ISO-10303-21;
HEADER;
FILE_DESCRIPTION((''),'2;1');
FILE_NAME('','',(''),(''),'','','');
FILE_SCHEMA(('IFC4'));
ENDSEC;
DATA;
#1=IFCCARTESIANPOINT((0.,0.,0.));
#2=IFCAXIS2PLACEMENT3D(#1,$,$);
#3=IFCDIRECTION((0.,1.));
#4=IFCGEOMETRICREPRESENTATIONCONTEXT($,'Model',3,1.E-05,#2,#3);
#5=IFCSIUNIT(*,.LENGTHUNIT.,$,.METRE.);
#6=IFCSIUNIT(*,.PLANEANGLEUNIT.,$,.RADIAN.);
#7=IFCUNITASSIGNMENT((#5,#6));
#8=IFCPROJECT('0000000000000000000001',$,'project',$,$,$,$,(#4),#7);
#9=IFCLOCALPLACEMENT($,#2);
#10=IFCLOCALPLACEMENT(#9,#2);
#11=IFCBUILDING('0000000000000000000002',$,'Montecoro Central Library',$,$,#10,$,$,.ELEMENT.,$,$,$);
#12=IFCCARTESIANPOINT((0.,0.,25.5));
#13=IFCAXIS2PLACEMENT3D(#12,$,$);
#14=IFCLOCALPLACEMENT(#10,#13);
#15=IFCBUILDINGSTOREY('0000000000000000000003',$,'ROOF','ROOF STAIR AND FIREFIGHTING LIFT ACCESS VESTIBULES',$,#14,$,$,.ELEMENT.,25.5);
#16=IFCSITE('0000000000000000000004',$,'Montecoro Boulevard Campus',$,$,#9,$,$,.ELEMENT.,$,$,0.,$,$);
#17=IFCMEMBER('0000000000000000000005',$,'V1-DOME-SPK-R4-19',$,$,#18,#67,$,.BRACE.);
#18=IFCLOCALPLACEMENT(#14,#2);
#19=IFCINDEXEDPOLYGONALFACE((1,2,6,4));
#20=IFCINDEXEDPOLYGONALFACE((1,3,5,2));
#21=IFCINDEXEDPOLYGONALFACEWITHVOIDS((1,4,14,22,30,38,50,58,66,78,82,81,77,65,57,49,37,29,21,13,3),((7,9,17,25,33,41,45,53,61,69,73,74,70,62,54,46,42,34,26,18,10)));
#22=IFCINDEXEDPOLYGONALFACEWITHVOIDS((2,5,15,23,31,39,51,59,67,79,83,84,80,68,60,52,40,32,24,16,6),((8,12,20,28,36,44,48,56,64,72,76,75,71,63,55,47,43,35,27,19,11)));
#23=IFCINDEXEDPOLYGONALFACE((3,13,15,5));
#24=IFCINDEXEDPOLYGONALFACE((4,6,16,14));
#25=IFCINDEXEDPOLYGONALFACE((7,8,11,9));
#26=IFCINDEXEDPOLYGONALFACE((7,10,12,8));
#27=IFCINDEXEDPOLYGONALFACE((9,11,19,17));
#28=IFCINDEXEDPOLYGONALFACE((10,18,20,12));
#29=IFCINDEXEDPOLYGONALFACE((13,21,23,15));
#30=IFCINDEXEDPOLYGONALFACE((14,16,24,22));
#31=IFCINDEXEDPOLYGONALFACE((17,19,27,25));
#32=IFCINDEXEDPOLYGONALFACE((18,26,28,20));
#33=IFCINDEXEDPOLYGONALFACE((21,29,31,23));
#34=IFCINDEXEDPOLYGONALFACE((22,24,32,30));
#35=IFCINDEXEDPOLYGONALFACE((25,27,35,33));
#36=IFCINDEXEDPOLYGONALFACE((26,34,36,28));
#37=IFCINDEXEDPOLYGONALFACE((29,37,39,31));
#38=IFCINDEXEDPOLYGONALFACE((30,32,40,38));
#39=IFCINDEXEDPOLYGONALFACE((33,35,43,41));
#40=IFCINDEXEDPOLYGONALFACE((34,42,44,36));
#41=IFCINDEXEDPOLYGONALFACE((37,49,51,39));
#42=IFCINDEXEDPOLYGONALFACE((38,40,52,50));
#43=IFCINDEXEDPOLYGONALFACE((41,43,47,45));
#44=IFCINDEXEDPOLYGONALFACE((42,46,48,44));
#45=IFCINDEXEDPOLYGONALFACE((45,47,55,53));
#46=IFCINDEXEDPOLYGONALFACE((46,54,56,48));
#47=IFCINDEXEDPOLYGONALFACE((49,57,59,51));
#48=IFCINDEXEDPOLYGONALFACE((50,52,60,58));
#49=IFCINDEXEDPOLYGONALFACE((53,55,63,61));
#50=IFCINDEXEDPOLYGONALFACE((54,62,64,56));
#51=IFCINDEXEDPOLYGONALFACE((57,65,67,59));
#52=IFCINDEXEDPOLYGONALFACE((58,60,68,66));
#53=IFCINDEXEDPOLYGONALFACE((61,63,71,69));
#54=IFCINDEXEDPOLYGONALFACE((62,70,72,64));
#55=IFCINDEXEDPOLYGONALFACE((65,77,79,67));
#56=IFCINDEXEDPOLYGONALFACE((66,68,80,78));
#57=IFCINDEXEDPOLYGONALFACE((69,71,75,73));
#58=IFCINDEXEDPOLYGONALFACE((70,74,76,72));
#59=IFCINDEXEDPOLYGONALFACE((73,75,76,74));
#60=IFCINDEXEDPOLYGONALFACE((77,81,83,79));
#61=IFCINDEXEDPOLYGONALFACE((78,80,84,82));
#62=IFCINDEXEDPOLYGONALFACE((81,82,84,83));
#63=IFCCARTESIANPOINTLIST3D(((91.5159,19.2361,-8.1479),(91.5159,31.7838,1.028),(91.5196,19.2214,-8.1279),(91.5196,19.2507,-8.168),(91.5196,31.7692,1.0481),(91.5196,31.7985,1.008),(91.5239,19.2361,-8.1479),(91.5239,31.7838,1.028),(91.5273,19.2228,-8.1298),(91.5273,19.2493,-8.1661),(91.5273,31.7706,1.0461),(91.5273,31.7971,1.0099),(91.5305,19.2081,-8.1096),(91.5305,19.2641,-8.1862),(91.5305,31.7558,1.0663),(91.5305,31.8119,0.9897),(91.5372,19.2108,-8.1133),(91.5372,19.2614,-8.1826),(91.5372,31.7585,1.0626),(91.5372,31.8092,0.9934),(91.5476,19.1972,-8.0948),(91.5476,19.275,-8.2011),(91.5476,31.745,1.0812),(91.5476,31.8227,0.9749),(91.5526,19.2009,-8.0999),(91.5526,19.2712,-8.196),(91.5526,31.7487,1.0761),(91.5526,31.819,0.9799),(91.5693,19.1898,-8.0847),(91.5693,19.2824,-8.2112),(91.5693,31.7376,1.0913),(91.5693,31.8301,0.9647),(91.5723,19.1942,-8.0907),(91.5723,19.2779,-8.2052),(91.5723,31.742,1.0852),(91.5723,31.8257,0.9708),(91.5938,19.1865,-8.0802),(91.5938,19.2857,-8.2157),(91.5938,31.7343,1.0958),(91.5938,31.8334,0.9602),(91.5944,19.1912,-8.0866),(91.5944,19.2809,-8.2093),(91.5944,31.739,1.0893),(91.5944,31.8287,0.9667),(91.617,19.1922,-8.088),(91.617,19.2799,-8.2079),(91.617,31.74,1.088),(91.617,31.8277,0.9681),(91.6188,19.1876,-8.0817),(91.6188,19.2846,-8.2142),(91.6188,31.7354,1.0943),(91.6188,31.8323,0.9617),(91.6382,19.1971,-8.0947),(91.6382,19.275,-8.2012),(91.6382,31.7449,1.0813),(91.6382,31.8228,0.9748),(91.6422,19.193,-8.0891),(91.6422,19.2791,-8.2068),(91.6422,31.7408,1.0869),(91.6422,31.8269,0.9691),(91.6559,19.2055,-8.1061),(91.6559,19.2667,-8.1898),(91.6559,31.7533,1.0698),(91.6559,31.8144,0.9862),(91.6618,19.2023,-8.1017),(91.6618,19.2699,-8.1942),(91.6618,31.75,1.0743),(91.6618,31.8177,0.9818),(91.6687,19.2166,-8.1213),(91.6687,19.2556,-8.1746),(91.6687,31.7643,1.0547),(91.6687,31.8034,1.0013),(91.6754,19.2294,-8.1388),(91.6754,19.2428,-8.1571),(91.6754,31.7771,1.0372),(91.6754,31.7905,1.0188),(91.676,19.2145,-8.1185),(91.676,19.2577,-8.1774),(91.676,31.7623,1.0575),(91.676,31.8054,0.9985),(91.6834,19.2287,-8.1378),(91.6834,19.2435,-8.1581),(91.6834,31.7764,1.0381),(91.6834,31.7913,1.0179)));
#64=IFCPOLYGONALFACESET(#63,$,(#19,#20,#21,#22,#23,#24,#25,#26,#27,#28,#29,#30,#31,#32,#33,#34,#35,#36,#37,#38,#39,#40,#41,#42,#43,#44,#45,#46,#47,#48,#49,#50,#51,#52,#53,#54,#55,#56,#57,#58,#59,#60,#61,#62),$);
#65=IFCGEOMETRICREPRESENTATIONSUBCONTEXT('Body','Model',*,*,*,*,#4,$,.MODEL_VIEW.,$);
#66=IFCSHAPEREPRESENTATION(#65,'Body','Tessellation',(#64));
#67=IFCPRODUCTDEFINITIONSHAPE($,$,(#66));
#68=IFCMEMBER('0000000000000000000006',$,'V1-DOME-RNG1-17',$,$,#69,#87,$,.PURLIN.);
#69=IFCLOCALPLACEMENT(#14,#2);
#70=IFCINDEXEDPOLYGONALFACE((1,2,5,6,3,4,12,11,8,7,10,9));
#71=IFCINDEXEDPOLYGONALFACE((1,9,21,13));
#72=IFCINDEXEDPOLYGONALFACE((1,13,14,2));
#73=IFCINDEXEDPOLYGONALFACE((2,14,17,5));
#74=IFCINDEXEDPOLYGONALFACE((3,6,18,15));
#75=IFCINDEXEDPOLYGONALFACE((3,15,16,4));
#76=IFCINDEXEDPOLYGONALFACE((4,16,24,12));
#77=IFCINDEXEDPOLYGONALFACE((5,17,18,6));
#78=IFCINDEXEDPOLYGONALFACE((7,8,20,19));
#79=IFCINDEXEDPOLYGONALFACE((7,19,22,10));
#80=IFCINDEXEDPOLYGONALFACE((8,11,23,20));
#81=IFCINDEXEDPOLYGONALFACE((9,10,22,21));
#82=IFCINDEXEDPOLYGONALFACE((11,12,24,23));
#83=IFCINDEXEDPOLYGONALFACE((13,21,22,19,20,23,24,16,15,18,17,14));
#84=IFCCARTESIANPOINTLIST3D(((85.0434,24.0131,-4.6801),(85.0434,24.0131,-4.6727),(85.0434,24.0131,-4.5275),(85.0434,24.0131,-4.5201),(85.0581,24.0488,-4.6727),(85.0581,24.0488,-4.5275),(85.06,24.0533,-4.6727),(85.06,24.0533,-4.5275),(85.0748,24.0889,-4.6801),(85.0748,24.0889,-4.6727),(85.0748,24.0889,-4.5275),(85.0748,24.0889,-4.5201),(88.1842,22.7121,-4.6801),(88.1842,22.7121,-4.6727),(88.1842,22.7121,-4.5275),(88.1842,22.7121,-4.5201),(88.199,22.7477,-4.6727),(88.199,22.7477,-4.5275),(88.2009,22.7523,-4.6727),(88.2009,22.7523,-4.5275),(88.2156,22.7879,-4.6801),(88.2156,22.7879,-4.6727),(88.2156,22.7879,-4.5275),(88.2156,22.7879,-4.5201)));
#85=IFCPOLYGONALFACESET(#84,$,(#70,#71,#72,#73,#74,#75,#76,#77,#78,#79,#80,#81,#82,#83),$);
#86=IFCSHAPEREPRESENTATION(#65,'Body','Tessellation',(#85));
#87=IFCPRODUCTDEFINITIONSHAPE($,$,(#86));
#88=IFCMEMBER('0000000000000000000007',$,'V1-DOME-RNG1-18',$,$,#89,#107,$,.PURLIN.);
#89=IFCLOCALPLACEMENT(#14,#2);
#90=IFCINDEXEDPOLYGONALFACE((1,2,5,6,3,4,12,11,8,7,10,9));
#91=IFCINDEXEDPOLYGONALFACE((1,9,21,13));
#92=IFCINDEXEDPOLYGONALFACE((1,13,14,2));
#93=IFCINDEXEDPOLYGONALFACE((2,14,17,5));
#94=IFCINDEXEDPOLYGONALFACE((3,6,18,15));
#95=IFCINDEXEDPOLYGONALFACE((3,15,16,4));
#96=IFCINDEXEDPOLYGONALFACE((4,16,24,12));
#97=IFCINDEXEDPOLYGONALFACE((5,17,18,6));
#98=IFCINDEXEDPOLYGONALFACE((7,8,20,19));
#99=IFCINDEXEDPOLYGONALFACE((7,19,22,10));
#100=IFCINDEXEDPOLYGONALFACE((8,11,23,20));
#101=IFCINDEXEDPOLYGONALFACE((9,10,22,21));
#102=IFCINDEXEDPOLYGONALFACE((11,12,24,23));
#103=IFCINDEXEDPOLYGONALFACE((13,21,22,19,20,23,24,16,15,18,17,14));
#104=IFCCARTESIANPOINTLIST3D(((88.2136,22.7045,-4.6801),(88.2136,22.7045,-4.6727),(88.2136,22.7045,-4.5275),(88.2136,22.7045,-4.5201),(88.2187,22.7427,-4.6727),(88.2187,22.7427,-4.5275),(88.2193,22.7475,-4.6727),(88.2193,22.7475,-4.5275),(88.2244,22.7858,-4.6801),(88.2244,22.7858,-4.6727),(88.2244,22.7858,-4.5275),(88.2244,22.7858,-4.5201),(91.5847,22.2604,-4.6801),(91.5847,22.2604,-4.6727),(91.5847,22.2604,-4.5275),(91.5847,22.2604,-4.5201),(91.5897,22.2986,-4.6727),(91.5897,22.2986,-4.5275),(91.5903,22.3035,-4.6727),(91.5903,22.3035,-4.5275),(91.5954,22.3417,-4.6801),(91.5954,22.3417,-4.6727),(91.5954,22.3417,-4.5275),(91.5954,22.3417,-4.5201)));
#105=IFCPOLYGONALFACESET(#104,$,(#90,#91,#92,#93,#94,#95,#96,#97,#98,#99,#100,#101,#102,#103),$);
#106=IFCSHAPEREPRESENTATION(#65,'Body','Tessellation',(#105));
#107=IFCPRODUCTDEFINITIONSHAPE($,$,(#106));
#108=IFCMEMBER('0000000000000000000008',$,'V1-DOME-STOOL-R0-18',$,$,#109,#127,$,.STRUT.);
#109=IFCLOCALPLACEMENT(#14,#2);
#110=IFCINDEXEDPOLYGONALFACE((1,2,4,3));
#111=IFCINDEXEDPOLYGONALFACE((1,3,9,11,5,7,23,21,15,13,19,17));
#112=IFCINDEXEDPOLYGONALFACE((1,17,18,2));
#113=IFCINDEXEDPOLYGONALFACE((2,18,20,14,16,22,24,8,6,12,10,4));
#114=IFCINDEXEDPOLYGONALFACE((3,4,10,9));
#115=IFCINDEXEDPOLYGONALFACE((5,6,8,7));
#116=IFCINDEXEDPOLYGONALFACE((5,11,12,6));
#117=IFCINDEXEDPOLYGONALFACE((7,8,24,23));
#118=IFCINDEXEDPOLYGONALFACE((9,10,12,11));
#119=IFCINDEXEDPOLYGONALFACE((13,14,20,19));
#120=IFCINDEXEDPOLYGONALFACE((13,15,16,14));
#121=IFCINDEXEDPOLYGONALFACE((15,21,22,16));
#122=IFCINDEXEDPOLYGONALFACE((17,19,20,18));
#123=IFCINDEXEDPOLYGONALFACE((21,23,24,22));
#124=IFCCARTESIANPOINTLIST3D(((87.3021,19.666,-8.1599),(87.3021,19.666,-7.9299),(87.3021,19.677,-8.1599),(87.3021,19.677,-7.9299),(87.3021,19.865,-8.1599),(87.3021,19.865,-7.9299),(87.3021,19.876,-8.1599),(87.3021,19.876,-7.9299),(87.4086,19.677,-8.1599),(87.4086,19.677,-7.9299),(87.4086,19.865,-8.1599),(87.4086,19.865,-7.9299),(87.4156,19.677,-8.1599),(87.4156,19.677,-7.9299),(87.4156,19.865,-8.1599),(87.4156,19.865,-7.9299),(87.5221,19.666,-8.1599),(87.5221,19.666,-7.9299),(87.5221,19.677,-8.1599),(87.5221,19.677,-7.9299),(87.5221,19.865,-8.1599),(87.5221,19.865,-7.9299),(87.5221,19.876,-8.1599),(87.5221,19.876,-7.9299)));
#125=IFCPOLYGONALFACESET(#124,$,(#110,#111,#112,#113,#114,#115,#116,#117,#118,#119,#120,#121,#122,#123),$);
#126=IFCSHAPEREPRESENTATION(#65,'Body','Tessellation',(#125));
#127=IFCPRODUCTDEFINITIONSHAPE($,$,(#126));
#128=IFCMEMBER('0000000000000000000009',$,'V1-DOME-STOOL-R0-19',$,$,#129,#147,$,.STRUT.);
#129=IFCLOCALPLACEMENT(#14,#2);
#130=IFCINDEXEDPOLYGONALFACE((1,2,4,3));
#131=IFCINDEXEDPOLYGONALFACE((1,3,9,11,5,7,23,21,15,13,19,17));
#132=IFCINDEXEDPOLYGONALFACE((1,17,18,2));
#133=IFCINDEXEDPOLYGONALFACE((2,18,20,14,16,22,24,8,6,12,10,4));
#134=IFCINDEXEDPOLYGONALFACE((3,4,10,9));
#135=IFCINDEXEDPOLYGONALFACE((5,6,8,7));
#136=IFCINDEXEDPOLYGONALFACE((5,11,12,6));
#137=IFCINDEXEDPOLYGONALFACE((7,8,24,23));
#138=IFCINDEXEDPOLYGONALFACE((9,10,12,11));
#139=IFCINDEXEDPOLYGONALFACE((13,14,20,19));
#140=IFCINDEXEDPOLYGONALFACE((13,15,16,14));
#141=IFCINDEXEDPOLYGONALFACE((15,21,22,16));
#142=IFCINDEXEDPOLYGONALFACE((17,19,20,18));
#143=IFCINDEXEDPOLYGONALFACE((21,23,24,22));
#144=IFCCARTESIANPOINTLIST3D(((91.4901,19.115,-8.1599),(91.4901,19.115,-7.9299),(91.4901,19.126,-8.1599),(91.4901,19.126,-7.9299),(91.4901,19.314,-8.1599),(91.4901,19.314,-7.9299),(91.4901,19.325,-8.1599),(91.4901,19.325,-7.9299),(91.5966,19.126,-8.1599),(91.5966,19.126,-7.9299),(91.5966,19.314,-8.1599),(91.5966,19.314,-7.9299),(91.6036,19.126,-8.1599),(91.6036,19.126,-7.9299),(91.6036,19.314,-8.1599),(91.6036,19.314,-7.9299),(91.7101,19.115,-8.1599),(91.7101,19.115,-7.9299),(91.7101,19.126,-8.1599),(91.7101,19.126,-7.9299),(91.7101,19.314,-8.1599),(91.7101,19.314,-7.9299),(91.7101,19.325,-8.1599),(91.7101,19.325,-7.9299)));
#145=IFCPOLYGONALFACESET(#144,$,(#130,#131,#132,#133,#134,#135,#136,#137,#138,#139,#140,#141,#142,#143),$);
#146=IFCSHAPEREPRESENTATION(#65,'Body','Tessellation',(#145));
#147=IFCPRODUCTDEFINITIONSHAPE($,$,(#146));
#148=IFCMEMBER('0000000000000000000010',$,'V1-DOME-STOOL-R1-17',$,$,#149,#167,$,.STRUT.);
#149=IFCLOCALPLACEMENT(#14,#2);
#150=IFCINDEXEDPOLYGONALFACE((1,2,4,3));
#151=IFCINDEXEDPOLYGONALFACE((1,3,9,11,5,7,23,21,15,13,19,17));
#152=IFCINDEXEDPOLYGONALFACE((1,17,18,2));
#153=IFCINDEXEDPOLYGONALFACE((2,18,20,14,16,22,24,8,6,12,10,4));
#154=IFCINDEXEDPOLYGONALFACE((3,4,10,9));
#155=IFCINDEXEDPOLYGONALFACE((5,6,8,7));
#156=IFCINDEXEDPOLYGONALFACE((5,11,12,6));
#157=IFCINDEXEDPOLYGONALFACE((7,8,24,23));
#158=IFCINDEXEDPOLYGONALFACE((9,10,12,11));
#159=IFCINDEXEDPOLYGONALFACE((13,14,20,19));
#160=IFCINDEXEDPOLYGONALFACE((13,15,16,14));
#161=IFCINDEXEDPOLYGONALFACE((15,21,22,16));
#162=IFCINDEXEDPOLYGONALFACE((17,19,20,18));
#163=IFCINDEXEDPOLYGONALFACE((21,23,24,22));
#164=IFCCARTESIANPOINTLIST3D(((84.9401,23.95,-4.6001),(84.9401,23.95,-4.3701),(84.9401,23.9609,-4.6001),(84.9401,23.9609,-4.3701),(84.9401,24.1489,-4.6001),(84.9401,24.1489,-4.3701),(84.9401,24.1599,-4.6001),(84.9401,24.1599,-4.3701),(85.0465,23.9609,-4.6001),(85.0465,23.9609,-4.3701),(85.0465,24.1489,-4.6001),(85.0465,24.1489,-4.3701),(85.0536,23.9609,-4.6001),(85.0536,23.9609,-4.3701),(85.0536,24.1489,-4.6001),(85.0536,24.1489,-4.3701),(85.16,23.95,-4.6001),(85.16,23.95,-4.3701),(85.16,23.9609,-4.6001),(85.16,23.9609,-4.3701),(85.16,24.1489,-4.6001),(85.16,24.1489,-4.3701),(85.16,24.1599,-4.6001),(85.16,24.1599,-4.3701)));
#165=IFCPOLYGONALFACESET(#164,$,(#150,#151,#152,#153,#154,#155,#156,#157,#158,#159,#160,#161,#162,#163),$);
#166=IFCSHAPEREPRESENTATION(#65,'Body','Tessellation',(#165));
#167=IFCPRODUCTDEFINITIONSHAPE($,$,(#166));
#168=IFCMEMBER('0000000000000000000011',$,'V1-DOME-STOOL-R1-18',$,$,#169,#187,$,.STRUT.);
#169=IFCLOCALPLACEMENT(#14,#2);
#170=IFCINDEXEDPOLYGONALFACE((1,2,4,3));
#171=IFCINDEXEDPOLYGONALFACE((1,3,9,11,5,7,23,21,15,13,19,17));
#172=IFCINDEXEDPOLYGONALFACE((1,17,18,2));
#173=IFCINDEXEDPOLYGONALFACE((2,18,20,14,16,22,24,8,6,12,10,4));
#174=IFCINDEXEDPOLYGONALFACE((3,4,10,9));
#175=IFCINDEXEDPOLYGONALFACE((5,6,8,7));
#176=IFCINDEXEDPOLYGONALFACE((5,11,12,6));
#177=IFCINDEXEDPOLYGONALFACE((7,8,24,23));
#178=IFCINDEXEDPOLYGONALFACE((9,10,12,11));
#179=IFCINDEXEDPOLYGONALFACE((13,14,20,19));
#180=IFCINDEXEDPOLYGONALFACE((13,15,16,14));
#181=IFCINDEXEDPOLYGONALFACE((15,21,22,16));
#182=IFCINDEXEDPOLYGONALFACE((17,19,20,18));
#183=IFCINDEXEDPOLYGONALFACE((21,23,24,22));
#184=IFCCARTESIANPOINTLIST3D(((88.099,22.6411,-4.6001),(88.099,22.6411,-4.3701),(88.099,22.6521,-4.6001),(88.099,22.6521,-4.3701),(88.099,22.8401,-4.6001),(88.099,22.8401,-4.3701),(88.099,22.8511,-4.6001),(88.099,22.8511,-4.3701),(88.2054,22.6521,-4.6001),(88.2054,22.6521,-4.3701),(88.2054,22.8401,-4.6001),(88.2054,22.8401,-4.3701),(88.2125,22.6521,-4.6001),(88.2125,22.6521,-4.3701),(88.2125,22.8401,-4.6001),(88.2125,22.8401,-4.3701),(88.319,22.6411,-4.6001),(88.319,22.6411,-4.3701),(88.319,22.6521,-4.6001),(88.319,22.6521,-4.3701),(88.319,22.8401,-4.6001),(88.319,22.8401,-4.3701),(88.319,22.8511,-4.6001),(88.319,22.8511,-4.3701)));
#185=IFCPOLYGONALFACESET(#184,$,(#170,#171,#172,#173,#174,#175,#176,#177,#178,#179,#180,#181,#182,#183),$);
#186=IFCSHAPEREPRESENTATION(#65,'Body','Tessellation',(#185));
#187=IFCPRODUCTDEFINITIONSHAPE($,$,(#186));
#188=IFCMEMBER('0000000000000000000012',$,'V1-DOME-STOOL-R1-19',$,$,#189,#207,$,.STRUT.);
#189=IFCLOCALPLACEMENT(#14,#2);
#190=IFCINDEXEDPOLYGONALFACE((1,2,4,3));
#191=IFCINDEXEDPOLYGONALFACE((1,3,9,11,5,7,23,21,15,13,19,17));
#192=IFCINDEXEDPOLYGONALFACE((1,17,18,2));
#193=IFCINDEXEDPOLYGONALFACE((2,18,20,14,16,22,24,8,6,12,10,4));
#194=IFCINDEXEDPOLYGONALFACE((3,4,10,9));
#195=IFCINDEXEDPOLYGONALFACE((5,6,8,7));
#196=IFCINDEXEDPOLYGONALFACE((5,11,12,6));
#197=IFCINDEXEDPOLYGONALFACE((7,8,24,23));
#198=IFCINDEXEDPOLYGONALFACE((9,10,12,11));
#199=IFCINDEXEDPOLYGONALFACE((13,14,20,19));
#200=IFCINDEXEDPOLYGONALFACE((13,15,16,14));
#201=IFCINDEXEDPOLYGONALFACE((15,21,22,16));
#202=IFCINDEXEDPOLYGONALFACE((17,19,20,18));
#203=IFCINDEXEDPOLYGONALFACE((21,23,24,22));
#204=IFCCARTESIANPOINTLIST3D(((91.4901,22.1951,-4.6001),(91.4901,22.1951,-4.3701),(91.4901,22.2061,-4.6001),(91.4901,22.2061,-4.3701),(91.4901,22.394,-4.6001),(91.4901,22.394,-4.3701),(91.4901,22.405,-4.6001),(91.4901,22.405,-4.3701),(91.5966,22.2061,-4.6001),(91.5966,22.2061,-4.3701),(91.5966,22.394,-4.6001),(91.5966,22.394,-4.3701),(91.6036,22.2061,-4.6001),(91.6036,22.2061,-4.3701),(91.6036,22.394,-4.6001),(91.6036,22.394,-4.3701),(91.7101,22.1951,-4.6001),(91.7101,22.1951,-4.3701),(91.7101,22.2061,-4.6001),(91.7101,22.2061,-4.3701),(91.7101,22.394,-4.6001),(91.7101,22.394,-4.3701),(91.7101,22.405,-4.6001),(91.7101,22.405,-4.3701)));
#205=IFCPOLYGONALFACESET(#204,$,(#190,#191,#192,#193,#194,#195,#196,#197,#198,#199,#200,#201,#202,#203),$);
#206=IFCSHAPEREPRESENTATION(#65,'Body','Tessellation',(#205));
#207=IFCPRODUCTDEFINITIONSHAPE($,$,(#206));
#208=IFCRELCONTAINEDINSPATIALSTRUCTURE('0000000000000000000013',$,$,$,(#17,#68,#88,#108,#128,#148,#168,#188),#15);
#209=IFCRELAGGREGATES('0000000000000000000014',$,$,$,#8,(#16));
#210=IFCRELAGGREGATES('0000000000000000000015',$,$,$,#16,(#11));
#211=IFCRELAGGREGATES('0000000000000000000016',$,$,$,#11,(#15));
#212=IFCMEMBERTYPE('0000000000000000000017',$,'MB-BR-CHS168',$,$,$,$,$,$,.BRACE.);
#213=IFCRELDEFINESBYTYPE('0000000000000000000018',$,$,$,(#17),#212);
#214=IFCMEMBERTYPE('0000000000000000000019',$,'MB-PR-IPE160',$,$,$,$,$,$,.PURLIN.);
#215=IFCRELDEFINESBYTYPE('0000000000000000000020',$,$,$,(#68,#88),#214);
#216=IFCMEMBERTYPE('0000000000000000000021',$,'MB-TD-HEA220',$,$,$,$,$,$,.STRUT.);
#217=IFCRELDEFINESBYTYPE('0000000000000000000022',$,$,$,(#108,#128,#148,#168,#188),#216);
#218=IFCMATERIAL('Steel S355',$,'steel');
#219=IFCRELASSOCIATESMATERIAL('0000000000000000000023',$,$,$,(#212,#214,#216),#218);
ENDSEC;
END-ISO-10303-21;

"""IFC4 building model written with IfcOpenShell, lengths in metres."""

from ifc_helpers import new_model, si_unit, direction, frame, origin, origin_2d, place, context, subcontext, project, spatial, hollow_circle, i_section, extrude, material, material_profile, profile_set, type_object, element, save


model = new_model("IFC4")

# Units and contexts
model_context = context("Model", 3, precision=1e-05, world=origin(), true_north=direction((0.0, 1.0)))
body_context = subcontext(model_context, "Body", "Model", "MODEL_VIEW")
ifc_project = project(units=[si_unit("LENGTHUNIT", "METRE"), si_unit("PLANEANGLEUNIT", "RADIAN")], contexts=[model_context])

# Site, building, storey
site_placement = place(None, origin())
site = spatial("IfcSite", under=ifc_project, at=site_placement, Name="Montecoro Boulevard Campus", CompositionType="ELEMENT", RefElevation=0.0)
building_placement = place(site_placement, origin())
building = spatial("IfcBuilding", under=site, at=building_placement, Name="Montecoro Central Library", CompositionType="ELEMENT")
storey_placement = place(building_placement, frame((0.0, 0.0, 25.5)))
storey = spatial("IfcBuildingStorey", under=building, at=storey_placement, Name="ROOF", Description="ROOF STAIR AND FIREFIGHTING LIFT ACCESS VESTIBULES", CompositionType="ELEMENT", Elevation=25.5)

# Members
ifc_material_1 = material(Name="Steel S355", Category="steel")
ifc_material_profile_1 = material_profile(ifc_material_1, hollow_circle(Radius=0.0842, WallThickness=0.0081, at=origin_2d()), Name="CHS 168.3x8.0")
ifc_profile_set_1 = profile_set([ifc_material_profile_1], Name="Steel S355")
member_type_1 = type_object("IfcMemberType", Name="MB-BR-CHS168", PredefinedType="BRACE", material=ifc_profile_set_1)
member_1_placement = place(storey_placement, frame((91.6001, 19.2361, -8.1479), z_axis=(0.0, 0.807194, 0.590287), x_axis=(-1.0, 0.0, 0.0)))
element("IfcMember", 1, at=member_1_placement, inside=storey, type_object=member_type_1, Name="V1-DOME-SPK-R4-19", PredefinedType="BRACE", context=body_context, shape_type="SweptSolid", body=[
    extrude(hollow_circle(Radius=0.0842, WallThickness=0.0081, at=origin_2d()), origin(), (0.0, 0.0, 1.0), 15.5449),
])
ifc_material_profile_2 = material_profile(ifc_material_1, i_section(OverallWidth=0.082, OverallDepth=0.1599, WebThickness=0.0049, FlangeThickness=0.0073, at=origin_2d()), Name="IPE 160")
ifc_profile_set_2 = profile_set([ifc_material_profile_2], Name="Steel S355")
member_type_2 = type_object("IfcMemberType", Name="MB-PR-IPE160", PredefinedType="PURLIN", material=ifc_profile_set_2)
member_2_placement = place(storey_placement, frame((85.0591, 24.051, -4.6001), z_axis=(0.923876, -0.382692, 0.0), x_axis=(0.382692, 0.923876, 0.0)))
element("IfcMember", 2, at=member_2_placement, inside=storey, type_object=member_type_2, Name="V1-DOME-RNG1-17", PredefinedType="PURLIN", context=body_context, shape_type="SweptSolid", body=[
    extrude(i_section(OverallWidth=0.082, OverallDepth=0.1599, WebThickness=0.0049, FlangeThickness=0.0073, at=origin_2d()), origin(), (0.0, 0.0, 1.0), 3.3997),
])
member_3_placement = place(storey_placement, frame((88.219, 22.7451, -4.6001), z_axis=(0.991434, -0.130607, 0.0), x_axis=(0.130607, 0.991434, 0.0)))
element("IfcMember", 3, at=member_3_placement, inside=storey, type_object=member_type_2, Name="V1-DOME-RNG1-18", PredefinedType="PURLIN", context=body_context, shape_type="SweptSolid", body=[
    extrude(i_section(OverallWidth=0.082, OverallDepth=0.1599, WebThickness=0.0049, FlangeThickness=0.0073, at=origin_2d()), origin(), (0.0, 0.0, 1.0), 3.4001),
])
ifc_material_profile_3 = material_profile(ifc_material_1, i_section(OverallWidth=0.22, OverallDepth=0.21, WebThickness=0.0071, FlangeThickness=0.011, at=origin_2d()), Name="HEA 220")
ifc_profile_set_3 = profile_set([ifc_material_profile_3], Name="Steel S355")
member_type_3 = type_object("IfcMemberType", Name="MB-TD-HEA220", PredefinedType="STRUT", material=ifc_profile_set_3)
for number, where, z_axis, x_axis, name in (
    (4, (87.4121, 19.771, -8.1599), (0.0, 0.0, 1.0), (1.0, 0.0, 0.0), "V1-DOME-STOOL-R0-18"),
    (5, (91.6001, 19.22, -8.1599), (0.0, 0.0, 1.0), (1.0, 0.0, 0.0), "V1-DOME-STOOL-R0-19"),
    (6, (85.05, 24.0549, -4.6001), (0.0, 0.0, 1.0), (1.0, 0.0, 0.0), "V1-DOME-STOOL-R1-17"),
    (7, (88.209, 22.7461, -4.6001), (0.0, 0.0, 1.0), (1.0, 0.0, 0.0), "V1-DOME-STOOL-R1-18"),
    (8, (91.6001, 22.3, -4.6001), (0.0, 0.0, 1.0), (1.0, 0.0, 0.0), "V1-DOME-STOOL-R1-19"),
):
    element("IfcMember", number, at=place(storey_placement, frame(where, z_axis=z_axis, x_axis=x_axis)), inside=storey, type_object=member_type_3, Name=name, PredefinedType="STRUT", context=body_context, shape_type="SweptSolid", body=[
        extrude(i_section(OverallWidth=0.22, OverallDepth=0.21, WebThickness=0.0071, FlangeThickness=0.011, at=origin_2d()), origin(), (0.0, 0.0, 1.0), 0.23),
    ])

save(model, "model.ifc")
